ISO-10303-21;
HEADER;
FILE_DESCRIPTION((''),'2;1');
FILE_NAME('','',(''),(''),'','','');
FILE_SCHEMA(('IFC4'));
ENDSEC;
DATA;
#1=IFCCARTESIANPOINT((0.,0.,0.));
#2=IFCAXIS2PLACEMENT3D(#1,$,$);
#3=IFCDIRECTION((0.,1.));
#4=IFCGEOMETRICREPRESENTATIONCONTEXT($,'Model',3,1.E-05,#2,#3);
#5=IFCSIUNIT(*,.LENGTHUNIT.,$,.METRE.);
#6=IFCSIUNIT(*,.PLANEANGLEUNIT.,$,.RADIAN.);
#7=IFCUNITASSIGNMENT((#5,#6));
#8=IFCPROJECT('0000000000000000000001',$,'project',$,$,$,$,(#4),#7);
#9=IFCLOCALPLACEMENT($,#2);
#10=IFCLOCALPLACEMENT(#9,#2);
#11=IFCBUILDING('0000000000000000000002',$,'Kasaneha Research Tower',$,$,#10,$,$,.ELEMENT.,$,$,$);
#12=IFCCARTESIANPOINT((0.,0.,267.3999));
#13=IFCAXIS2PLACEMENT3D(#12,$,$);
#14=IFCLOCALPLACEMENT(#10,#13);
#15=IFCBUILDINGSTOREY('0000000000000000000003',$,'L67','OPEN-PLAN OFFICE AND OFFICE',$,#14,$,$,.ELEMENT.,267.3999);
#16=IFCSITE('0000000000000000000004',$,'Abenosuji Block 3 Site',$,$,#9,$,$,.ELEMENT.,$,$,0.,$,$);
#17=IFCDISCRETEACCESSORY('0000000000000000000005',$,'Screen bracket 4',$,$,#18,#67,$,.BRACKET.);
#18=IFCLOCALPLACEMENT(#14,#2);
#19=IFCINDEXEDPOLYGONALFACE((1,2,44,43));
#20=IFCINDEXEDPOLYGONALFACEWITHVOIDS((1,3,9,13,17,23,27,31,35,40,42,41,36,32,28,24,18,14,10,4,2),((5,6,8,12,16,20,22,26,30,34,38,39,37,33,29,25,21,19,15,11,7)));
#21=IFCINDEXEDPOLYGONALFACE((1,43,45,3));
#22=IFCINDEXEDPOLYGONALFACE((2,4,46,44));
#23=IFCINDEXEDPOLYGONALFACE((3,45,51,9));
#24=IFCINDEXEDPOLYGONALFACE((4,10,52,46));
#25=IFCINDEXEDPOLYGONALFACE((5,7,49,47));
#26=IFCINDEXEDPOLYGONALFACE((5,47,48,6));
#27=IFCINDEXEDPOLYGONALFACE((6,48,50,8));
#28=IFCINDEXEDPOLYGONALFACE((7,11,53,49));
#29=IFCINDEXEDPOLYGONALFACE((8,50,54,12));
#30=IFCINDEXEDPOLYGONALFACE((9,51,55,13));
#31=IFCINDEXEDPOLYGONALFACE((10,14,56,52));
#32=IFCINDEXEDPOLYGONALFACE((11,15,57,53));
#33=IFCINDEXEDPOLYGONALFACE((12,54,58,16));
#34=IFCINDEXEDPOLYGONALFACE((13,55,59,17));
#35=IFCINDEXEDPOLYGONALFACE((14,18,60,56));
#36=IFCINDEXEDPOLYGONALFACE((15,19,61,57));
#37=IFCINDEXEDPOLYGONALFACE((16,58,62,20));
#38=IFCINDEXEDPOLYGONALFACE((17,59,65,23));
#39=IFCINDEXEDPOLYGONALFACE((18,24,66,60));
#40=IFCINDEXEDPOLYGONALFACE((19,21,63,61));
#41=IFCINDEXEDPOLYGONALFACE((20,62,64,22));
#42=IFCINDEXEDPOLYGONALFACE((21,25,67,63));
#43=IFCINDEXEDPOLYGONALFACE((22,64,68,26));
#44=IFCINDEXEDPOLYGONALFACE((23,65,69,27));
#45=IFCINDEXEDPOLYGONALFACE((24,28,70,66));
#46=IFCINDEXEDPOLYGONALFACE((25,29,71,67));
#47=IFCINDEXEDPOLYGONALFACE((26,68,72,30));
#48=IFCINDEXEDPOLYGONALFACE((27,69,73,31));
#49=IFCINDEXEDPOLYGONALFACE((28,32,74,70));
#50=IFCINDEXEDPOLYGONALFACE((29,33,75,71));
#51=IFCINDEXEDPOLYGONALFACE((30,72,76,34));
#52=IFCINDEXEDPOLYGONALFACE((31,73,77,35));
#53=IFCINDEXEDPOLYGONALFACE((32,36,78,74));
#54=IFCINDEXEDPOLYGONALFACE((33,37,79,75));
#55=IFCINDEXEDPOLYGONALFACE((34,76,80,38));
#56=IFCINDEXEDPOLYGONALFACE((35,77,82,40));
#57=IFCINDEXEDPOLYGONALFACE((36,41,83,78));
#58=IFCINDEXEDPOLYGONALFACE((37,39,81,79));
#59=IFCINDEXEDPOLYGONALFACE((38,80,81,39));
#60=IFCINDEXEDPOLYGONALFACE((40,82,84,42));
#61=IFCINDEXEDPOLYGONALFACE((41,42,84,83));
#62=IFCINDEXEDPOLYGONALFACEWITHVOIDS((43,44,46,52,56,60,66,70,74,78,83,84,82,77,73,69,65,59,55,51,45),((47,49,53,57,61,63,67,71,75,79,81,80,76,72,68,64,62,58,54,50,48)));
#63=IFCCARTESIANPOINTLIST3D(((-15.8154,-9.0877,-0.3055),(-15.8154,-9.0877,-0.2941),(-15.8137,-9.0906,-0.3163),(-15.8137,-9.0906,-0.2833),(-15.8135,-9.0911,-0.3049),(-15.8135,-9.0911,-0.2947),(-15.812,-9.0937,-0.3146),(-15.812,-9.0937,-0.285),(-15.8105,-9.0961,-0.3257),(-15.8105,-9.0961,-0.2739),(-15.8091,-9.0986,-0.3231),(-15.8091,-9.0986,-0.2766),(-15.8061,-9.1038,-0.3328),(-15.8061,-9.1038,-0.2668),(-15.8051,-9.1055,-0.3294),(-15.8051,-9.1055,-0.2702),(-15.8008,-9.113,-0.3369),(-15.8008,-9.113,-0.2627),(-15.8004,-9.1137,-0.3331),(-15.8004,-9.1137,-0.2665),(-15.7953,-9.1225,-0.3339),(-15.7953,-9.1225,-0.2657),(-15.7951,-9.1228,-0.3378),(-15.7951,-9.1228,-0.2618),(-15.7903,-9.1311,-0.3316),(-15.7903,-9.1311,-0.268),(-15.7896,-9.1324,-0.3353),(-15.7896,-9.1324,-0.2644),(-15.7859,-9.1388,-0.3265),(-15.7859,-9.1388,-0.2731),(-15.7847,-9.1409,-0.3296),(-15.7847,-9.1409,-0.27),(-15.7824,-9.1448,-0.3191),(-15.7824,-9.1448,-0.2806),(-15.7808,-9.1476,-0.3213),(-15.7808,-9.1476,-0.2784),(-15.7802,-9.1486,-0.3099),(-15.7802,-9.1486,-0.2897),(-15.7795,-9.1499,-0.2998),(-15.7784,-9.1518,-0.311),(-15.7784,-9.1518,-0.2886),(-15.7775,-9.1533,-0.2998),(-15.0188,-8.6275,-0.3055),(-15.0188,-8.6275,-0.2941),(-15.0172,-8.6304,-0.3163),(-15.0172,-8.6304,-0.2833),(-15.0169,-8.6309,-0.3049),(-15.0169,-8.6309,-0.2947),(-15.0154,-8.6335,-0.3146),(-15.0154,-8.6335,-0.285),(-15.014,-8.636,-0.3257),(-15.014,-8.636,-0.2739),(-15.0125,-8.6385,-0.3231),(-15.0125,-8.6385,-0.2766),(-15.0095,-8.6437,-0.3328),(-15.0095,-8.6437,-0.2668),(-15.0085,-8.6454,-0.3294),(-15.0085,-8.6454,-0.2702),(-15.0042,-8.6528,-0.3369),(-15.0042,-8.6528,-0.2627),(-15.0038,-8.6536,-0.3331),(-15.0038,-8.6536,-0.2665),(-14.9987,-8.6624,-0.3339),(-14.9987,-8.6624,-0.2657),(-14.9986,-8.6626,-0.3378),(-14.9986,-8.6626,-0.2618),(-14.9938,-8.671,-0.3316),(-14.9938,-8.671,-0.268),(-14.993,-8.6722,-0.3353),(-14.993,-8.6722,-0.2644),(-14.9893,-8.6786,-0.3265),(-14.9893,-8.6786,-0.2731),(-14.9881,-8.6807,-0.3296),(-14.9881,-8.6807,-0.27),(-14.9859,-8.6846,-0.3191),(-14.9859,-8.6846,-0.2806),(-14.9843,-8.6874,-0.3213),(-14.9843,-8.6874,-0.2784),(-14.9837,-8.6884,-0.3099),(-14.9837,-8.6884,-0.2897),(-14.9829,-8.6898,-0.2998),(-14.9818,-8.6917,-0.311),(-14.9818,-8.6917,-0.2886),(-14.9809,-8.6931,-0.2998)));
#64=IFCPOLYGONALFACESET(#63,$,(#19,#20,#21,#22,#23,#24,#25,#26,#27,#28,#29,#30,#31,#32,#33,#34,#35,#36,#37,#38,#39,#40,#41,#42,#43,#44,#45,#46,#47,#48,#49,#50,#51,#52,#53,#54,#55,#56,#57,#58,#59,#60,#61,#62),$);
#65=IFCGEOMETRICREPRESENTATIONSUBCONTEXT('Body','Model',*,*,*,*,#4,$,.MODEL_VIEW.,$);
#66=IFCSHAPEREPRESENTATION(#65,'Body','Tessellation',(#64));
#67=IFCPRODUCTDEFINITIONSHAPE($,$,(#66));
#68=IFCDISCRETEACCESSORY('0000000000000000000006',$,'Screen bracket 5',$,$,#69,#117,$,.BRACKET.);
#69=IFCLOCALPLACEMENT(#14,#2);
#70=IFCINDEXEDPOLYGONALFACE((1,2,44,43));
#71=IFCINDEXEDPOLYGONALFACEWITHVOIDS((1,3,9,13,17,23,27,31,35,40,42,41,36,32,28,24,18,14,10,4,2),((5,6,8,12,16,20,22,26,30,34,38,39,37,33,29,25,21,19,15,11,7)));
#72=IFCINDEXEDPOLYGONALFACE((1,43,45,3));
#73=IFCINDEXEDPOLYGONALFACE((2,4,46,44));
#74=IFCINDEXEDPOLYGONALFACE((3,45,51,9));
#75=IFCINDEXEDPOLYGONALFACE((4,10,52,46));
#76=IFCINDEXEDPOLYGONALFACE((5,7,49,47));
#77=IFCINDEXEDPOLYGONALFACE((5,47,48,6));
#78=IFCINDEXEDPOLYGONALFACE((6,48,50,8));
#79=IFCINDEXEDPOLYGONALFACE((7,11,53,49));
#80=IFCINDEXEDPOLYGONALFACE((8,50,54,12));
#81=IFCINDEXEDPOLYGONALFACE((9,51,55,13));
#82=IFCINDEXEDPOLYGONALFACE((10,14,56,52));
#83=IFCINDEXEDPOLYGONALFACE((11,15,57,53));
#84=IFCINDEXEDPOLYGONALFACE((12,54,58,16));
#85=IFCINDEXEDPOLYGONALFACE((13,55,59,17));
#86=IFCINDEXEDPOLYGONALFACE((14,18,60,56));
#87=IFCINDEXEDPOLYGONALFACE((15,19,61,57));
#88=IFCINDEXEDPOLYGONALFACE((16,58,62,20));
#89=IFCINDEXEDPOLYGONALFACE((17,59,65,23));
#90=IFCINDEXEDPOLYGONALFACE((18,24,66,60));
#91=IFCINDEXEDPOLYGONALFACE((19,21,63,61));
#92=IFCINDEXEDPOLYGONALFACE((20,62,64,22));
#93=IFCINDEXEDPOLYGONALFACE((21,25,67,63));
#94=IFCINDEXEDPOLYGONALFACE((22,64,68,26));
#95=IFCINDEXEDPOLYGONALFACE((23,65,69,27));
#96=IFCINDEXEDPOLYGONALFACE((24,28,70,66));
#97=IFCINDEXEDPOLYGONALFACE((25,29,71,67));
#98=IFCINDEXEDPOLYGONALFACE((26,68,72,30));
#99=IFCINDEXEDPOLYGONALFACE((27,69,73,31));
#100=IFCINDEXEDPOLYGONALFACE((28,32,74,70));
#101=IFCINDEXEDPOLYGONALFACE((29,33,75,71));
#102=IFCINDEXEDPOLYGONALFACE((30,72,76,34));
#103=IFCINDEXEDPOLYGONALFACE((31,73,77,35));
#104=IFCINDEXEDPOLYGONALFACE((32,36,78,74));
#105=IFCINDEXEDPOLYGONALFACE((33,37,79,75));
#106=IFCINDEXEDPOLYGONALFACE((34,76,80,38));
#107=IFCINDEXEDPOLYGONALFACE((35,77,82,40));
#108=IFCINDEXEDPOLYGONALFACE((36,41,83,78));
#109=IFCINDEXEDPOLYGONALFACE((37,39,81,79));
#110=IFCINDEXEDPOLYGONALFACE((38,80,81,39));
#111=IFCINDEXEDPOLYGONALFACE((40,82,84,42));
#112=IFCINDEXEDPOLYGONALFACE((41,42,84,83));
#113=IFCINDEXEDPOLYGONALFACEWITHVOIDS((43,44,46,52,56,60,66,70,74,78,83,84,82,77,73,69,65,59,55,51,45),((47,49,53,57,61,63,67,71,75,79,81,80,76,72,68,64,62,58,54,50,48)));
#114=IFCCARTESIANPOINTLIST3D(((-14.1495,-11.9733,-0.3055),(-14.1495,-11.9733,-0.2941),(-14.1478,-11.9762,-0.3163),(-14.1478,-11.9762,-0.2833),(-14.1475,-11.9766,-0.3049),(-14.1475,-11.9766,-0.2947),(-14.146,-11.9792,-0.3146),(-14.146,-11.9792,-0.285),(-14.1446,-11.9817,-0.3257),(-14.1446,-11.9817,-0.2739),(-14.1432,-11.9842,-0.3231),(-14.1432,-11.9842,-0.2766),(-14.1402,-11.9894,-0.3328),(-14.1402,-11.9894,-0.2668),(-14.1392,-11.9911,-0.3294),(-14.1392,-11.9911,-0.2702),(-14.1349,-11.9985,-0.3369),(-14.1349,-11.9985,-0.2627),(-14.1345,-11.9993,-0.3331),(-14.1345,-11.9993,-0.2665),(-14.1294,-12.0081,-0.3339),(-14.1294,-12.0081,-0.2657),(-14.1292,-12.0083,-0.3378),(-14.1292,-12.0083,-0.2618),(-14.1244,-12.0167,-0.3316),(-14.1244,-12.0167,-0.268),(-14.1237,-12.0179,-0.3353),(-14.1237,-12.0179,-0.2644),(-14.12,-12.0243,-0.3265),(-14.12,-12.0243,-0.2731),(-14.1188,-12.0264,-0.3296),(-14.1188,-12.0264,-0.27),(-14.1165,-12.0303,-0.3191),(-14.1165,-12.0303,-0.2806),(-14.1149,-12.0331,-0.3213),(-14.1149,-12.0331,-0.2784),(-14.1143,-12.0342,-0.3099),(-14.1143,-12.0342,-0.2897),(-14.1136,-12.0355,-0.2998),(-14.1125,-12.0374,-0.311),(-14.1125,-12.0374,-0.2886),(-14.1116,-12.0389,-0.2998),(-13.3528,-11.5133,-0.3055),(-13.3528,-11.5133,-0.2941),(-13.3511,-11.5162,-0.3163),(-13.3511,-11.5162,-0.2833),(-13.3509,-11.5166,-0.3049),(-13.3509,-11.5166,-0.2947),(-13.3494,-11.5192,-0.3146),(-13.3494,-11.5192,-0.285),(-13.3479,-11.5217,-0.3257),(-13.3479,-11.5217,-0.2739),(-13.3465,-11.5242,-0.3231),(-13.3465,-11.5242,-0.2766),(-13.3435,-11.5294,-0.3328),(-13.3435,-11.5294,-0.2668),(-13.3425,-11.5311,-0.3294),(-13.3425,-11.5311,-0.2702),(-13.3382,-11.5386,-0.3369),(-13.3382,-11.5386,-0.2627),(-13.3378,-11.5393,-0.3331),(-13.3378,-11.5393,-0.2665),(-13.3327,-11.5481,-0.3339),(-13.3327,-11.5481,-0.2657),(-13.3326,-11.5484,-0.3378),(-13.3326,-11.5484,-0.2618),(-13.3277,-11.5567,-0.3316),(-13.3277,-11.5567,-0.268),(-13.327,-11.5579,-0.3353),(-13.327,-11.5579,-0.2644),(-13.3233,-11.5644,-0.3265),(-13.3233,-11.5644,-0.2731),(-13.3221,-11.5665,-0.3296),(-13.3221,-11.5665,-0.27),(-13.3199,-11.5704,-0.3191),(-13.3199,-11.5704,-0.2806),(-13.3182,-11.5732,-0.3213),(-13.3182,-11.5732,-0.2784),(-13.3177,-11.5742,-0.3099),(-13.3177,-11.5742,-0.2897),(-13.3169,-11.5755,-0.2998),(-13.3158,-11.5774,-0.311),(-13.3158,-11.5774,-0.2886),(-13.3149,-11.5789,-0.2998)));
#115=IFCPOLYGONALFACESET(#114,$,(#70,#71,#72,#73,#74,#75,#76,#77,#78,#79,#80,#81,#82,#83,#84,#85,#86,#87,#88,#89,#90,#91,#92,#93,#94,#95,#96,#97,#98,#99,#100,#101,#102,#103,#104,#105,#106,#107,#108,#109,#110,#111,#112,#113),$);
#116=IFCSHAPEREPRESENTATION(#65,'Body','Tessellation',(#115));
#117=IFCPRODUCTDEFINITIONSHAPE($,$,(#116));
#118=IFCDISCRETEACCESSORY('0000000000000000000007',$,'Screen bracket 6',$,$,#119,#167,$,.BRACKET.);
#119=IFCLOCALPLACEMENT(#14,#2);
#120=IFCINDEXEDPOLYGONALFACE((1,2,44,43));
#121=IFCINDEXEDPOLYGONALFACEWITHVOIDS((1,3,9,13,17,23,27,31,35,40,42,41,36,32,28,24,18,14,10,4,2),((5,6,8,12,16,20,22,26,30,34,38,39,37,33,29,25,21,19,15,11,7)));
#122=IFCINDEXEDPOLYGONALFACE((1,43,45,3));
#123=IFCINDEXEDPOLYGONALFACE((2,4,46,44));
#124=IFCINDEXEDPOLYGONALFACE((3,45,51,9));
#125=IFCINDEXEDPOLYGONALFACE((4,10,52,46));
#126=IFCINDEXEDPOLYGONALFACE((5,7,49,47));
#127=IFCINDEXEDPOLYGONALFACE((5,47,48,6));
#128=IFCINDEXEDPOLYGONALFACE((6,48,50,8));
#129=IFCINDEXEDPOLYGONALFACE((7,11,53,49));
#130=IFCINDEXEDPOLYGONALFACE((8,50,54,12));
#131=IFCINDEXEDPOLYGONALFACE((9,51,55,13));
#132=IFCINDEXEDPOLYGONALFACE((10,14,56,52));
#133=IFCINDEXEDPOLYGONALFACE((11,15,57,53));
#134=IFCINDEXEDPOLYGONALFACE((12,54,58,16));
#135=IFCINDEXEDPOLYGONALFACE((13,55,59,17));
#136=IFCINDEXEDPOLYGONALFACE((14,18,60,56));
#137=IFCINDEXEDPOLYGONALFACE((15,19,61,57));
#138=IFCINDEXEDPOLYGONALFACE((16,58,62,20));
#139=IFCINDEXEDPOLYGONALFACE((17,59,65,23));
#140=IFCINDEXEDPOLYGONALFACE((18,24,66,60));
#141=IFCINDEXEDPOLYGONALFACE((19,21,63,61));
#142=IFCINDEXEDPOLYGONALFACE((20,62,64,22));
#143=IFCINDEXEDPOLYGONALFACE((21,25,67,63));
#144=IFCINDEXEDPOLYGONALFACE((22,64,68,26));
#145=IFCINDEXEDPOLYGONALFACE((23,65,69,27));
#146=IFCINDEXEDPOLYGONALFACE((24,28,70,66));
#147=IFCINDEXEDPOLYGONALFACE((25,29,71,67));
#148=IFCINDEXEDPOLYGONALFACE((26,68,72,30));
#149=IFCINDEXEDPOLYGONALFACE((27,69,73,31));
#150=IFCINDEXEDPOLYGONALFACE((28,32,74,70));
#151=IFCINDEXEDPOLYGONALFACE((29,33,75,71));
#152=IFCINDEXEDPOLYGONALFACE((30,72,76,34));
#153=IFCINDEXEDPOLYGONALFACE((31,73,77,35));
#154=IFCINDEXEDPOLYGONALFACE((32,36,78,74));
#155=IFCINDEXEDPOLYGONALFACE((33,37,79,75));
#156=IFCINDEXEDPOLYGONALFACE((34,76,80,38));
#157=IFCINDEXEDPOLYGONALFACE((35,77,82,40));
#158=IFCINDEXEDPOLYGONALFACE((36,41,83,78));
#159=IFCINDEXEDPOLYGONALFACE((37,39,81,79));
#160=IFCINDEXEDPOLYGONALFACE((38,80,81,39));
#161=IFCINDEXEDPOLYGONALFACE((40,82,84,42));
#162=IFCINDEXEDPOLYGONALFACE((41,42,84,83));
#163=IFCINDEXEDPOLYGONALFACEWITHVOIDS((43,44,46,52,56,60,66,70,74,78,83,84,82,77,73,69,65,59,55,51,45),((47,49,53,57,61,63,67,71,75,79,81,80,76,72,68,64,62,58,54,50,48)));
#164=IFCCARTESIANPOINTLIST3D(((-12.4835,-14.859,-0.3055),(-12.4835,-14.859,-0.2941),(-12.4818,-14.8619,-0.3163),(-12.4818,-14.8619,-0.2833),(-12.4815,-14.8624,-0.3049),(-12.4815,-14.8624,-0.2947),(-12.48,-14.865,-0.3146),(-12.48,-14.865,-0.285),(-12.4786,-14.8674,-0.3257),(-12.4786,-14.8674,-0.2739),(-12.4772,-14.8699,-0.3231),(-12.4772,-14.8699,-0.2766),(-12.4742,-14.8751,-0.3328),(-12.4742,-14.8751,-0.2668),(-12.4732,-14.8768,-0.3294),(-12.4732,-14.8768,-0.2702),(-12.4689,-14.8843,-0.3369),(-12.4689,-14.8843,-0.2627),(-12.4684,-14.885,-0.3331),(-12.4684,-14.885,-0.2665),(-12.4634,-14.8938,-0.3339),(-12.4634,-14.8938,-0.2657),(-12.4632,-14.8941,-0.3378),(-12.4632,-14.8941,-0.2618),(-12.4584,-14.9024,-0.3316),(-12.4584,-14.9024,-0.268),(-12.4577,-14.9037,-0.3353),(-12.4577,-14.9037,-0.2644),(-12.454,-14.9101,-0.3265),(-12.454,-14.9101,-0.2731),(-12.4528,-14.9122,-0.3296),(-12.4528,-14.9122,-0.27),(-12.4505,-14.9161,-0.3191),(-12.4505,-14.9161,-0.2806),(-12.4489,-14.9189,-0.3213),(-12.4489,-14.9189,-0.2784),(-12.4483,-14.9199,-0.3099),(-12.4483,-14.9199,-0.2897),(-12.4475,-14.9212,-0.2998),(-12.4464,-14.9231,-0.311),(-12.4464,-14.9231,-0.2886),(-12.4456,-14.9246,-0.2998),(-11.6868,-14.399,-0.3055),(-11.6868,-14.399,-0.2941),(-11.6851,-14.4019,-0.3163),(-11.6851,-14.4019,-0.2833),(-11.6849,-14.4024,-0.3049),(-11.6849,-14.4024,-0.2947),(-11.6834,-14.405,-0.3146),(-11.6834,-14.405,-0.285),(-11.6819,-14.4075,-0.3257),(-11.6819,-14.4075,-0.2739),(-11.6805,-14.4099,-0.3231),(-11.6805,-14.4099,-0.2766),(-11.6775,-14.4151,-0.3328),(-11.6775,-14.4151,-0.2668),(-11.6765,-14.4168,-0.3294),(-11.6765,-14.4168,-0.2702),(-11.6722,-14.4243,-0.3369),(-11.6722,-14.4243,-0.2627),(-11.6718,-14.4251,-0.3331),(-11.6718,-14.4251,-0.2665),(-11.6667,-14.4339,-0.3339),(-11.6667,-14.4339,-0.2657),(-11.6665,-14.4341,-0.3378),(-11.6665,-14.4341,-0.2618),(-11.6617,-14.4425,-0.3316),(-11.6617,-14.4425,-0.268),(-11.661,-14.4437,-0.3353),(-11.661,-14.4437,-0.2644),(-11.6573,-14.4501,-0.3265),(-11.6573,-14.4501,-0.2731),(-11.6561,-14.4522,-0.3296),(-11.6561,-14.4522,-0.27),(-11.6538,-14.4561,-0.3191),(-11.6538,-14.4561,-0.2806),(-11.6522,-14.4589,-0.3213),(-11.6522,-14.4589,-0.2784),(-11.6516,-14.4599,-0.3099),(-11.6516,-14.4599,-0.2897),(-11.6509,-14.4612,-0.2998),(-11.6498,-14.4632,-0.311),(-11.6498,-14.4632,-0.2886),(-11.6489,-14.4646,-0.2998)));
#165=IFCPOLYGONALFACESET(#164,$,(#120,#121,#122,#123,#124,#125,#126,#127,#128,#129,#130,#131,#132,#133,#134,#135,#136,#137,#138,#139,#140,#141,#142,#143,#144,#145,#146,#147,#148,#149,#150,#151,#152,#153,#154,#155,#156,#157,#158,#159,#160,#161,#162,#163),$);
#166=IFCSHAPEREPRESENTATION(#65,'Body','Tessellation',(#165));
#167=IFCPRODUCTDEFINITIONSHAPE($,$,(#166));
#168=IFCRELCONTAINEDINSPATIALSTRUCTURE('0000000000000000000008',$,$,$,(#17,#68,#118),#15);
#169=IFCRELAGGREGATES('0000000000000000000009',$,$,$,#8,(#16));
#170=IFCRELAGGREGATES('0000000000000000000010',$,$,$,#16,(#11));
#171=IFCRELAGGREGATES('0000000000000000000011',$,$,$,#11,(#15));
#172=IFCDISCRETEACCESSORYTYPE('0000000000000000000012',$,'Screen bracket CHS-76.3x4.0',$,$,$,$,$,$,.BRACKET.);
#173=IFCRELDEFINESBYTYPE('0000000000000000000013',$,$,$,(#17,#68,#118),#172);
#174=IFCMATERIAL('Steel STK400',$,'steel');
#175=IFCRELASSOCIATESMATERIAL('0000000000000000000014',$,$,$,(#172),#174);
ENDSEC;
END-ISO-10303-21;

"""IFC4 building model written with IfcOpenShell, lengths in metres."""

from ifc_helpers import new_model, si_unit, direction, frame, origin, origin_2d, place, context, subcontext, project, spatial, hollow_circle, extrude, material, material_profile, profile_set, type_object, element, save


model = new_model("IFC4")

# Units and contexts
model_context = context("Model", 3, precision=1e-05, world=origin(), true_north=direction((0.0, 1.0)))
body_context = subcontext(model_context, "Body", "Model", "MODEL_VIEW")
ifc_project = project(units=[si_unit("LENGTHUNIT", "METRE"), si_unit("PLANEANGLEUNIT", "RADIAN")], contexts=[model_context])

# Site, building, storey
site_placement = place(None, origin())
site = spatial("IfcSite", under=ifc_project, at=site_placement, Name="Abenosuji Block 3 Site", CompositionType="ELEMENT", RefElevation=0.0)
building_placement = place(site_placement, origin())
building = spatial("IfcBuilding", under=site, at=building_placement, Name="Kasaneha Research Tower", CompositionType="ELEMENT")
storey_placement = place(building_placement, frame((0.0, 0.0, 267.3999)))
storey = spatial("IfcBuildingStorey", under=building, at=storey_placement, Name="L67", Description="OPEN-PLAN OFFICE AND OFFICE", CompositionType="ELEMENT", Elevation=267.3999)

# Discrete accessories
ifc_material_1 = material(Name="Steel STK400", Category="steel")
ifc_material_profile_1 = material_profile(ifc_material_1, hollow_circle(Radius=0.0381, WallThickness=0.0039, at=origin_2d()), Name="CHS-76.3x4.0")
ifc_profile_set_1 = profile_set([ifc_material_profile_1], Name="Steel STK400")
discrete_accessory_type = type_object("IfcDiscreteAccessoryType", Name="Screen bracket CHS-76.3x4.0", PredefinedType="BRACKET", material=ifc_profile_set_1)
for number, where, z_axis, x_axis, name in (
    (1, (-15.0, -8.6602, -0.2998), (-0.865898, -0.50022, 0.0), (0.50022, -0.865898, 0.0), "Screen bracket 4"),
    (2, (-13.334, -11.5459, -0.2998), (-0.866013, -0.500021, 0.0), (0.500021, -0.866013, 0.0), "Screen bracket 5"),
    (3, (-11.668, -14.4316, -0.2998), (-0.866013, -0.500021, 0.0), (0.500021, -0.866013, 0.0), "Screen bracket 6"),
):
    element("IfcDiscreteAccessory", number, at=place(storey_placement, frame(where, z_axis=z_axis, x_axis=x_axis)), inside=storey, type_object=discrete_accessory_type, Name=name, PredefinedType="BRACKET", context=body_context, shape_type="SweptSolid", body=[
        extrude(hollow_circle(Radius=0.0381, WallThickness=0.0039, at=origin_2d()), origin(), (0.0, 0.0, 1.0), 0.9199),
    ])

save(model, "model.ifc")
